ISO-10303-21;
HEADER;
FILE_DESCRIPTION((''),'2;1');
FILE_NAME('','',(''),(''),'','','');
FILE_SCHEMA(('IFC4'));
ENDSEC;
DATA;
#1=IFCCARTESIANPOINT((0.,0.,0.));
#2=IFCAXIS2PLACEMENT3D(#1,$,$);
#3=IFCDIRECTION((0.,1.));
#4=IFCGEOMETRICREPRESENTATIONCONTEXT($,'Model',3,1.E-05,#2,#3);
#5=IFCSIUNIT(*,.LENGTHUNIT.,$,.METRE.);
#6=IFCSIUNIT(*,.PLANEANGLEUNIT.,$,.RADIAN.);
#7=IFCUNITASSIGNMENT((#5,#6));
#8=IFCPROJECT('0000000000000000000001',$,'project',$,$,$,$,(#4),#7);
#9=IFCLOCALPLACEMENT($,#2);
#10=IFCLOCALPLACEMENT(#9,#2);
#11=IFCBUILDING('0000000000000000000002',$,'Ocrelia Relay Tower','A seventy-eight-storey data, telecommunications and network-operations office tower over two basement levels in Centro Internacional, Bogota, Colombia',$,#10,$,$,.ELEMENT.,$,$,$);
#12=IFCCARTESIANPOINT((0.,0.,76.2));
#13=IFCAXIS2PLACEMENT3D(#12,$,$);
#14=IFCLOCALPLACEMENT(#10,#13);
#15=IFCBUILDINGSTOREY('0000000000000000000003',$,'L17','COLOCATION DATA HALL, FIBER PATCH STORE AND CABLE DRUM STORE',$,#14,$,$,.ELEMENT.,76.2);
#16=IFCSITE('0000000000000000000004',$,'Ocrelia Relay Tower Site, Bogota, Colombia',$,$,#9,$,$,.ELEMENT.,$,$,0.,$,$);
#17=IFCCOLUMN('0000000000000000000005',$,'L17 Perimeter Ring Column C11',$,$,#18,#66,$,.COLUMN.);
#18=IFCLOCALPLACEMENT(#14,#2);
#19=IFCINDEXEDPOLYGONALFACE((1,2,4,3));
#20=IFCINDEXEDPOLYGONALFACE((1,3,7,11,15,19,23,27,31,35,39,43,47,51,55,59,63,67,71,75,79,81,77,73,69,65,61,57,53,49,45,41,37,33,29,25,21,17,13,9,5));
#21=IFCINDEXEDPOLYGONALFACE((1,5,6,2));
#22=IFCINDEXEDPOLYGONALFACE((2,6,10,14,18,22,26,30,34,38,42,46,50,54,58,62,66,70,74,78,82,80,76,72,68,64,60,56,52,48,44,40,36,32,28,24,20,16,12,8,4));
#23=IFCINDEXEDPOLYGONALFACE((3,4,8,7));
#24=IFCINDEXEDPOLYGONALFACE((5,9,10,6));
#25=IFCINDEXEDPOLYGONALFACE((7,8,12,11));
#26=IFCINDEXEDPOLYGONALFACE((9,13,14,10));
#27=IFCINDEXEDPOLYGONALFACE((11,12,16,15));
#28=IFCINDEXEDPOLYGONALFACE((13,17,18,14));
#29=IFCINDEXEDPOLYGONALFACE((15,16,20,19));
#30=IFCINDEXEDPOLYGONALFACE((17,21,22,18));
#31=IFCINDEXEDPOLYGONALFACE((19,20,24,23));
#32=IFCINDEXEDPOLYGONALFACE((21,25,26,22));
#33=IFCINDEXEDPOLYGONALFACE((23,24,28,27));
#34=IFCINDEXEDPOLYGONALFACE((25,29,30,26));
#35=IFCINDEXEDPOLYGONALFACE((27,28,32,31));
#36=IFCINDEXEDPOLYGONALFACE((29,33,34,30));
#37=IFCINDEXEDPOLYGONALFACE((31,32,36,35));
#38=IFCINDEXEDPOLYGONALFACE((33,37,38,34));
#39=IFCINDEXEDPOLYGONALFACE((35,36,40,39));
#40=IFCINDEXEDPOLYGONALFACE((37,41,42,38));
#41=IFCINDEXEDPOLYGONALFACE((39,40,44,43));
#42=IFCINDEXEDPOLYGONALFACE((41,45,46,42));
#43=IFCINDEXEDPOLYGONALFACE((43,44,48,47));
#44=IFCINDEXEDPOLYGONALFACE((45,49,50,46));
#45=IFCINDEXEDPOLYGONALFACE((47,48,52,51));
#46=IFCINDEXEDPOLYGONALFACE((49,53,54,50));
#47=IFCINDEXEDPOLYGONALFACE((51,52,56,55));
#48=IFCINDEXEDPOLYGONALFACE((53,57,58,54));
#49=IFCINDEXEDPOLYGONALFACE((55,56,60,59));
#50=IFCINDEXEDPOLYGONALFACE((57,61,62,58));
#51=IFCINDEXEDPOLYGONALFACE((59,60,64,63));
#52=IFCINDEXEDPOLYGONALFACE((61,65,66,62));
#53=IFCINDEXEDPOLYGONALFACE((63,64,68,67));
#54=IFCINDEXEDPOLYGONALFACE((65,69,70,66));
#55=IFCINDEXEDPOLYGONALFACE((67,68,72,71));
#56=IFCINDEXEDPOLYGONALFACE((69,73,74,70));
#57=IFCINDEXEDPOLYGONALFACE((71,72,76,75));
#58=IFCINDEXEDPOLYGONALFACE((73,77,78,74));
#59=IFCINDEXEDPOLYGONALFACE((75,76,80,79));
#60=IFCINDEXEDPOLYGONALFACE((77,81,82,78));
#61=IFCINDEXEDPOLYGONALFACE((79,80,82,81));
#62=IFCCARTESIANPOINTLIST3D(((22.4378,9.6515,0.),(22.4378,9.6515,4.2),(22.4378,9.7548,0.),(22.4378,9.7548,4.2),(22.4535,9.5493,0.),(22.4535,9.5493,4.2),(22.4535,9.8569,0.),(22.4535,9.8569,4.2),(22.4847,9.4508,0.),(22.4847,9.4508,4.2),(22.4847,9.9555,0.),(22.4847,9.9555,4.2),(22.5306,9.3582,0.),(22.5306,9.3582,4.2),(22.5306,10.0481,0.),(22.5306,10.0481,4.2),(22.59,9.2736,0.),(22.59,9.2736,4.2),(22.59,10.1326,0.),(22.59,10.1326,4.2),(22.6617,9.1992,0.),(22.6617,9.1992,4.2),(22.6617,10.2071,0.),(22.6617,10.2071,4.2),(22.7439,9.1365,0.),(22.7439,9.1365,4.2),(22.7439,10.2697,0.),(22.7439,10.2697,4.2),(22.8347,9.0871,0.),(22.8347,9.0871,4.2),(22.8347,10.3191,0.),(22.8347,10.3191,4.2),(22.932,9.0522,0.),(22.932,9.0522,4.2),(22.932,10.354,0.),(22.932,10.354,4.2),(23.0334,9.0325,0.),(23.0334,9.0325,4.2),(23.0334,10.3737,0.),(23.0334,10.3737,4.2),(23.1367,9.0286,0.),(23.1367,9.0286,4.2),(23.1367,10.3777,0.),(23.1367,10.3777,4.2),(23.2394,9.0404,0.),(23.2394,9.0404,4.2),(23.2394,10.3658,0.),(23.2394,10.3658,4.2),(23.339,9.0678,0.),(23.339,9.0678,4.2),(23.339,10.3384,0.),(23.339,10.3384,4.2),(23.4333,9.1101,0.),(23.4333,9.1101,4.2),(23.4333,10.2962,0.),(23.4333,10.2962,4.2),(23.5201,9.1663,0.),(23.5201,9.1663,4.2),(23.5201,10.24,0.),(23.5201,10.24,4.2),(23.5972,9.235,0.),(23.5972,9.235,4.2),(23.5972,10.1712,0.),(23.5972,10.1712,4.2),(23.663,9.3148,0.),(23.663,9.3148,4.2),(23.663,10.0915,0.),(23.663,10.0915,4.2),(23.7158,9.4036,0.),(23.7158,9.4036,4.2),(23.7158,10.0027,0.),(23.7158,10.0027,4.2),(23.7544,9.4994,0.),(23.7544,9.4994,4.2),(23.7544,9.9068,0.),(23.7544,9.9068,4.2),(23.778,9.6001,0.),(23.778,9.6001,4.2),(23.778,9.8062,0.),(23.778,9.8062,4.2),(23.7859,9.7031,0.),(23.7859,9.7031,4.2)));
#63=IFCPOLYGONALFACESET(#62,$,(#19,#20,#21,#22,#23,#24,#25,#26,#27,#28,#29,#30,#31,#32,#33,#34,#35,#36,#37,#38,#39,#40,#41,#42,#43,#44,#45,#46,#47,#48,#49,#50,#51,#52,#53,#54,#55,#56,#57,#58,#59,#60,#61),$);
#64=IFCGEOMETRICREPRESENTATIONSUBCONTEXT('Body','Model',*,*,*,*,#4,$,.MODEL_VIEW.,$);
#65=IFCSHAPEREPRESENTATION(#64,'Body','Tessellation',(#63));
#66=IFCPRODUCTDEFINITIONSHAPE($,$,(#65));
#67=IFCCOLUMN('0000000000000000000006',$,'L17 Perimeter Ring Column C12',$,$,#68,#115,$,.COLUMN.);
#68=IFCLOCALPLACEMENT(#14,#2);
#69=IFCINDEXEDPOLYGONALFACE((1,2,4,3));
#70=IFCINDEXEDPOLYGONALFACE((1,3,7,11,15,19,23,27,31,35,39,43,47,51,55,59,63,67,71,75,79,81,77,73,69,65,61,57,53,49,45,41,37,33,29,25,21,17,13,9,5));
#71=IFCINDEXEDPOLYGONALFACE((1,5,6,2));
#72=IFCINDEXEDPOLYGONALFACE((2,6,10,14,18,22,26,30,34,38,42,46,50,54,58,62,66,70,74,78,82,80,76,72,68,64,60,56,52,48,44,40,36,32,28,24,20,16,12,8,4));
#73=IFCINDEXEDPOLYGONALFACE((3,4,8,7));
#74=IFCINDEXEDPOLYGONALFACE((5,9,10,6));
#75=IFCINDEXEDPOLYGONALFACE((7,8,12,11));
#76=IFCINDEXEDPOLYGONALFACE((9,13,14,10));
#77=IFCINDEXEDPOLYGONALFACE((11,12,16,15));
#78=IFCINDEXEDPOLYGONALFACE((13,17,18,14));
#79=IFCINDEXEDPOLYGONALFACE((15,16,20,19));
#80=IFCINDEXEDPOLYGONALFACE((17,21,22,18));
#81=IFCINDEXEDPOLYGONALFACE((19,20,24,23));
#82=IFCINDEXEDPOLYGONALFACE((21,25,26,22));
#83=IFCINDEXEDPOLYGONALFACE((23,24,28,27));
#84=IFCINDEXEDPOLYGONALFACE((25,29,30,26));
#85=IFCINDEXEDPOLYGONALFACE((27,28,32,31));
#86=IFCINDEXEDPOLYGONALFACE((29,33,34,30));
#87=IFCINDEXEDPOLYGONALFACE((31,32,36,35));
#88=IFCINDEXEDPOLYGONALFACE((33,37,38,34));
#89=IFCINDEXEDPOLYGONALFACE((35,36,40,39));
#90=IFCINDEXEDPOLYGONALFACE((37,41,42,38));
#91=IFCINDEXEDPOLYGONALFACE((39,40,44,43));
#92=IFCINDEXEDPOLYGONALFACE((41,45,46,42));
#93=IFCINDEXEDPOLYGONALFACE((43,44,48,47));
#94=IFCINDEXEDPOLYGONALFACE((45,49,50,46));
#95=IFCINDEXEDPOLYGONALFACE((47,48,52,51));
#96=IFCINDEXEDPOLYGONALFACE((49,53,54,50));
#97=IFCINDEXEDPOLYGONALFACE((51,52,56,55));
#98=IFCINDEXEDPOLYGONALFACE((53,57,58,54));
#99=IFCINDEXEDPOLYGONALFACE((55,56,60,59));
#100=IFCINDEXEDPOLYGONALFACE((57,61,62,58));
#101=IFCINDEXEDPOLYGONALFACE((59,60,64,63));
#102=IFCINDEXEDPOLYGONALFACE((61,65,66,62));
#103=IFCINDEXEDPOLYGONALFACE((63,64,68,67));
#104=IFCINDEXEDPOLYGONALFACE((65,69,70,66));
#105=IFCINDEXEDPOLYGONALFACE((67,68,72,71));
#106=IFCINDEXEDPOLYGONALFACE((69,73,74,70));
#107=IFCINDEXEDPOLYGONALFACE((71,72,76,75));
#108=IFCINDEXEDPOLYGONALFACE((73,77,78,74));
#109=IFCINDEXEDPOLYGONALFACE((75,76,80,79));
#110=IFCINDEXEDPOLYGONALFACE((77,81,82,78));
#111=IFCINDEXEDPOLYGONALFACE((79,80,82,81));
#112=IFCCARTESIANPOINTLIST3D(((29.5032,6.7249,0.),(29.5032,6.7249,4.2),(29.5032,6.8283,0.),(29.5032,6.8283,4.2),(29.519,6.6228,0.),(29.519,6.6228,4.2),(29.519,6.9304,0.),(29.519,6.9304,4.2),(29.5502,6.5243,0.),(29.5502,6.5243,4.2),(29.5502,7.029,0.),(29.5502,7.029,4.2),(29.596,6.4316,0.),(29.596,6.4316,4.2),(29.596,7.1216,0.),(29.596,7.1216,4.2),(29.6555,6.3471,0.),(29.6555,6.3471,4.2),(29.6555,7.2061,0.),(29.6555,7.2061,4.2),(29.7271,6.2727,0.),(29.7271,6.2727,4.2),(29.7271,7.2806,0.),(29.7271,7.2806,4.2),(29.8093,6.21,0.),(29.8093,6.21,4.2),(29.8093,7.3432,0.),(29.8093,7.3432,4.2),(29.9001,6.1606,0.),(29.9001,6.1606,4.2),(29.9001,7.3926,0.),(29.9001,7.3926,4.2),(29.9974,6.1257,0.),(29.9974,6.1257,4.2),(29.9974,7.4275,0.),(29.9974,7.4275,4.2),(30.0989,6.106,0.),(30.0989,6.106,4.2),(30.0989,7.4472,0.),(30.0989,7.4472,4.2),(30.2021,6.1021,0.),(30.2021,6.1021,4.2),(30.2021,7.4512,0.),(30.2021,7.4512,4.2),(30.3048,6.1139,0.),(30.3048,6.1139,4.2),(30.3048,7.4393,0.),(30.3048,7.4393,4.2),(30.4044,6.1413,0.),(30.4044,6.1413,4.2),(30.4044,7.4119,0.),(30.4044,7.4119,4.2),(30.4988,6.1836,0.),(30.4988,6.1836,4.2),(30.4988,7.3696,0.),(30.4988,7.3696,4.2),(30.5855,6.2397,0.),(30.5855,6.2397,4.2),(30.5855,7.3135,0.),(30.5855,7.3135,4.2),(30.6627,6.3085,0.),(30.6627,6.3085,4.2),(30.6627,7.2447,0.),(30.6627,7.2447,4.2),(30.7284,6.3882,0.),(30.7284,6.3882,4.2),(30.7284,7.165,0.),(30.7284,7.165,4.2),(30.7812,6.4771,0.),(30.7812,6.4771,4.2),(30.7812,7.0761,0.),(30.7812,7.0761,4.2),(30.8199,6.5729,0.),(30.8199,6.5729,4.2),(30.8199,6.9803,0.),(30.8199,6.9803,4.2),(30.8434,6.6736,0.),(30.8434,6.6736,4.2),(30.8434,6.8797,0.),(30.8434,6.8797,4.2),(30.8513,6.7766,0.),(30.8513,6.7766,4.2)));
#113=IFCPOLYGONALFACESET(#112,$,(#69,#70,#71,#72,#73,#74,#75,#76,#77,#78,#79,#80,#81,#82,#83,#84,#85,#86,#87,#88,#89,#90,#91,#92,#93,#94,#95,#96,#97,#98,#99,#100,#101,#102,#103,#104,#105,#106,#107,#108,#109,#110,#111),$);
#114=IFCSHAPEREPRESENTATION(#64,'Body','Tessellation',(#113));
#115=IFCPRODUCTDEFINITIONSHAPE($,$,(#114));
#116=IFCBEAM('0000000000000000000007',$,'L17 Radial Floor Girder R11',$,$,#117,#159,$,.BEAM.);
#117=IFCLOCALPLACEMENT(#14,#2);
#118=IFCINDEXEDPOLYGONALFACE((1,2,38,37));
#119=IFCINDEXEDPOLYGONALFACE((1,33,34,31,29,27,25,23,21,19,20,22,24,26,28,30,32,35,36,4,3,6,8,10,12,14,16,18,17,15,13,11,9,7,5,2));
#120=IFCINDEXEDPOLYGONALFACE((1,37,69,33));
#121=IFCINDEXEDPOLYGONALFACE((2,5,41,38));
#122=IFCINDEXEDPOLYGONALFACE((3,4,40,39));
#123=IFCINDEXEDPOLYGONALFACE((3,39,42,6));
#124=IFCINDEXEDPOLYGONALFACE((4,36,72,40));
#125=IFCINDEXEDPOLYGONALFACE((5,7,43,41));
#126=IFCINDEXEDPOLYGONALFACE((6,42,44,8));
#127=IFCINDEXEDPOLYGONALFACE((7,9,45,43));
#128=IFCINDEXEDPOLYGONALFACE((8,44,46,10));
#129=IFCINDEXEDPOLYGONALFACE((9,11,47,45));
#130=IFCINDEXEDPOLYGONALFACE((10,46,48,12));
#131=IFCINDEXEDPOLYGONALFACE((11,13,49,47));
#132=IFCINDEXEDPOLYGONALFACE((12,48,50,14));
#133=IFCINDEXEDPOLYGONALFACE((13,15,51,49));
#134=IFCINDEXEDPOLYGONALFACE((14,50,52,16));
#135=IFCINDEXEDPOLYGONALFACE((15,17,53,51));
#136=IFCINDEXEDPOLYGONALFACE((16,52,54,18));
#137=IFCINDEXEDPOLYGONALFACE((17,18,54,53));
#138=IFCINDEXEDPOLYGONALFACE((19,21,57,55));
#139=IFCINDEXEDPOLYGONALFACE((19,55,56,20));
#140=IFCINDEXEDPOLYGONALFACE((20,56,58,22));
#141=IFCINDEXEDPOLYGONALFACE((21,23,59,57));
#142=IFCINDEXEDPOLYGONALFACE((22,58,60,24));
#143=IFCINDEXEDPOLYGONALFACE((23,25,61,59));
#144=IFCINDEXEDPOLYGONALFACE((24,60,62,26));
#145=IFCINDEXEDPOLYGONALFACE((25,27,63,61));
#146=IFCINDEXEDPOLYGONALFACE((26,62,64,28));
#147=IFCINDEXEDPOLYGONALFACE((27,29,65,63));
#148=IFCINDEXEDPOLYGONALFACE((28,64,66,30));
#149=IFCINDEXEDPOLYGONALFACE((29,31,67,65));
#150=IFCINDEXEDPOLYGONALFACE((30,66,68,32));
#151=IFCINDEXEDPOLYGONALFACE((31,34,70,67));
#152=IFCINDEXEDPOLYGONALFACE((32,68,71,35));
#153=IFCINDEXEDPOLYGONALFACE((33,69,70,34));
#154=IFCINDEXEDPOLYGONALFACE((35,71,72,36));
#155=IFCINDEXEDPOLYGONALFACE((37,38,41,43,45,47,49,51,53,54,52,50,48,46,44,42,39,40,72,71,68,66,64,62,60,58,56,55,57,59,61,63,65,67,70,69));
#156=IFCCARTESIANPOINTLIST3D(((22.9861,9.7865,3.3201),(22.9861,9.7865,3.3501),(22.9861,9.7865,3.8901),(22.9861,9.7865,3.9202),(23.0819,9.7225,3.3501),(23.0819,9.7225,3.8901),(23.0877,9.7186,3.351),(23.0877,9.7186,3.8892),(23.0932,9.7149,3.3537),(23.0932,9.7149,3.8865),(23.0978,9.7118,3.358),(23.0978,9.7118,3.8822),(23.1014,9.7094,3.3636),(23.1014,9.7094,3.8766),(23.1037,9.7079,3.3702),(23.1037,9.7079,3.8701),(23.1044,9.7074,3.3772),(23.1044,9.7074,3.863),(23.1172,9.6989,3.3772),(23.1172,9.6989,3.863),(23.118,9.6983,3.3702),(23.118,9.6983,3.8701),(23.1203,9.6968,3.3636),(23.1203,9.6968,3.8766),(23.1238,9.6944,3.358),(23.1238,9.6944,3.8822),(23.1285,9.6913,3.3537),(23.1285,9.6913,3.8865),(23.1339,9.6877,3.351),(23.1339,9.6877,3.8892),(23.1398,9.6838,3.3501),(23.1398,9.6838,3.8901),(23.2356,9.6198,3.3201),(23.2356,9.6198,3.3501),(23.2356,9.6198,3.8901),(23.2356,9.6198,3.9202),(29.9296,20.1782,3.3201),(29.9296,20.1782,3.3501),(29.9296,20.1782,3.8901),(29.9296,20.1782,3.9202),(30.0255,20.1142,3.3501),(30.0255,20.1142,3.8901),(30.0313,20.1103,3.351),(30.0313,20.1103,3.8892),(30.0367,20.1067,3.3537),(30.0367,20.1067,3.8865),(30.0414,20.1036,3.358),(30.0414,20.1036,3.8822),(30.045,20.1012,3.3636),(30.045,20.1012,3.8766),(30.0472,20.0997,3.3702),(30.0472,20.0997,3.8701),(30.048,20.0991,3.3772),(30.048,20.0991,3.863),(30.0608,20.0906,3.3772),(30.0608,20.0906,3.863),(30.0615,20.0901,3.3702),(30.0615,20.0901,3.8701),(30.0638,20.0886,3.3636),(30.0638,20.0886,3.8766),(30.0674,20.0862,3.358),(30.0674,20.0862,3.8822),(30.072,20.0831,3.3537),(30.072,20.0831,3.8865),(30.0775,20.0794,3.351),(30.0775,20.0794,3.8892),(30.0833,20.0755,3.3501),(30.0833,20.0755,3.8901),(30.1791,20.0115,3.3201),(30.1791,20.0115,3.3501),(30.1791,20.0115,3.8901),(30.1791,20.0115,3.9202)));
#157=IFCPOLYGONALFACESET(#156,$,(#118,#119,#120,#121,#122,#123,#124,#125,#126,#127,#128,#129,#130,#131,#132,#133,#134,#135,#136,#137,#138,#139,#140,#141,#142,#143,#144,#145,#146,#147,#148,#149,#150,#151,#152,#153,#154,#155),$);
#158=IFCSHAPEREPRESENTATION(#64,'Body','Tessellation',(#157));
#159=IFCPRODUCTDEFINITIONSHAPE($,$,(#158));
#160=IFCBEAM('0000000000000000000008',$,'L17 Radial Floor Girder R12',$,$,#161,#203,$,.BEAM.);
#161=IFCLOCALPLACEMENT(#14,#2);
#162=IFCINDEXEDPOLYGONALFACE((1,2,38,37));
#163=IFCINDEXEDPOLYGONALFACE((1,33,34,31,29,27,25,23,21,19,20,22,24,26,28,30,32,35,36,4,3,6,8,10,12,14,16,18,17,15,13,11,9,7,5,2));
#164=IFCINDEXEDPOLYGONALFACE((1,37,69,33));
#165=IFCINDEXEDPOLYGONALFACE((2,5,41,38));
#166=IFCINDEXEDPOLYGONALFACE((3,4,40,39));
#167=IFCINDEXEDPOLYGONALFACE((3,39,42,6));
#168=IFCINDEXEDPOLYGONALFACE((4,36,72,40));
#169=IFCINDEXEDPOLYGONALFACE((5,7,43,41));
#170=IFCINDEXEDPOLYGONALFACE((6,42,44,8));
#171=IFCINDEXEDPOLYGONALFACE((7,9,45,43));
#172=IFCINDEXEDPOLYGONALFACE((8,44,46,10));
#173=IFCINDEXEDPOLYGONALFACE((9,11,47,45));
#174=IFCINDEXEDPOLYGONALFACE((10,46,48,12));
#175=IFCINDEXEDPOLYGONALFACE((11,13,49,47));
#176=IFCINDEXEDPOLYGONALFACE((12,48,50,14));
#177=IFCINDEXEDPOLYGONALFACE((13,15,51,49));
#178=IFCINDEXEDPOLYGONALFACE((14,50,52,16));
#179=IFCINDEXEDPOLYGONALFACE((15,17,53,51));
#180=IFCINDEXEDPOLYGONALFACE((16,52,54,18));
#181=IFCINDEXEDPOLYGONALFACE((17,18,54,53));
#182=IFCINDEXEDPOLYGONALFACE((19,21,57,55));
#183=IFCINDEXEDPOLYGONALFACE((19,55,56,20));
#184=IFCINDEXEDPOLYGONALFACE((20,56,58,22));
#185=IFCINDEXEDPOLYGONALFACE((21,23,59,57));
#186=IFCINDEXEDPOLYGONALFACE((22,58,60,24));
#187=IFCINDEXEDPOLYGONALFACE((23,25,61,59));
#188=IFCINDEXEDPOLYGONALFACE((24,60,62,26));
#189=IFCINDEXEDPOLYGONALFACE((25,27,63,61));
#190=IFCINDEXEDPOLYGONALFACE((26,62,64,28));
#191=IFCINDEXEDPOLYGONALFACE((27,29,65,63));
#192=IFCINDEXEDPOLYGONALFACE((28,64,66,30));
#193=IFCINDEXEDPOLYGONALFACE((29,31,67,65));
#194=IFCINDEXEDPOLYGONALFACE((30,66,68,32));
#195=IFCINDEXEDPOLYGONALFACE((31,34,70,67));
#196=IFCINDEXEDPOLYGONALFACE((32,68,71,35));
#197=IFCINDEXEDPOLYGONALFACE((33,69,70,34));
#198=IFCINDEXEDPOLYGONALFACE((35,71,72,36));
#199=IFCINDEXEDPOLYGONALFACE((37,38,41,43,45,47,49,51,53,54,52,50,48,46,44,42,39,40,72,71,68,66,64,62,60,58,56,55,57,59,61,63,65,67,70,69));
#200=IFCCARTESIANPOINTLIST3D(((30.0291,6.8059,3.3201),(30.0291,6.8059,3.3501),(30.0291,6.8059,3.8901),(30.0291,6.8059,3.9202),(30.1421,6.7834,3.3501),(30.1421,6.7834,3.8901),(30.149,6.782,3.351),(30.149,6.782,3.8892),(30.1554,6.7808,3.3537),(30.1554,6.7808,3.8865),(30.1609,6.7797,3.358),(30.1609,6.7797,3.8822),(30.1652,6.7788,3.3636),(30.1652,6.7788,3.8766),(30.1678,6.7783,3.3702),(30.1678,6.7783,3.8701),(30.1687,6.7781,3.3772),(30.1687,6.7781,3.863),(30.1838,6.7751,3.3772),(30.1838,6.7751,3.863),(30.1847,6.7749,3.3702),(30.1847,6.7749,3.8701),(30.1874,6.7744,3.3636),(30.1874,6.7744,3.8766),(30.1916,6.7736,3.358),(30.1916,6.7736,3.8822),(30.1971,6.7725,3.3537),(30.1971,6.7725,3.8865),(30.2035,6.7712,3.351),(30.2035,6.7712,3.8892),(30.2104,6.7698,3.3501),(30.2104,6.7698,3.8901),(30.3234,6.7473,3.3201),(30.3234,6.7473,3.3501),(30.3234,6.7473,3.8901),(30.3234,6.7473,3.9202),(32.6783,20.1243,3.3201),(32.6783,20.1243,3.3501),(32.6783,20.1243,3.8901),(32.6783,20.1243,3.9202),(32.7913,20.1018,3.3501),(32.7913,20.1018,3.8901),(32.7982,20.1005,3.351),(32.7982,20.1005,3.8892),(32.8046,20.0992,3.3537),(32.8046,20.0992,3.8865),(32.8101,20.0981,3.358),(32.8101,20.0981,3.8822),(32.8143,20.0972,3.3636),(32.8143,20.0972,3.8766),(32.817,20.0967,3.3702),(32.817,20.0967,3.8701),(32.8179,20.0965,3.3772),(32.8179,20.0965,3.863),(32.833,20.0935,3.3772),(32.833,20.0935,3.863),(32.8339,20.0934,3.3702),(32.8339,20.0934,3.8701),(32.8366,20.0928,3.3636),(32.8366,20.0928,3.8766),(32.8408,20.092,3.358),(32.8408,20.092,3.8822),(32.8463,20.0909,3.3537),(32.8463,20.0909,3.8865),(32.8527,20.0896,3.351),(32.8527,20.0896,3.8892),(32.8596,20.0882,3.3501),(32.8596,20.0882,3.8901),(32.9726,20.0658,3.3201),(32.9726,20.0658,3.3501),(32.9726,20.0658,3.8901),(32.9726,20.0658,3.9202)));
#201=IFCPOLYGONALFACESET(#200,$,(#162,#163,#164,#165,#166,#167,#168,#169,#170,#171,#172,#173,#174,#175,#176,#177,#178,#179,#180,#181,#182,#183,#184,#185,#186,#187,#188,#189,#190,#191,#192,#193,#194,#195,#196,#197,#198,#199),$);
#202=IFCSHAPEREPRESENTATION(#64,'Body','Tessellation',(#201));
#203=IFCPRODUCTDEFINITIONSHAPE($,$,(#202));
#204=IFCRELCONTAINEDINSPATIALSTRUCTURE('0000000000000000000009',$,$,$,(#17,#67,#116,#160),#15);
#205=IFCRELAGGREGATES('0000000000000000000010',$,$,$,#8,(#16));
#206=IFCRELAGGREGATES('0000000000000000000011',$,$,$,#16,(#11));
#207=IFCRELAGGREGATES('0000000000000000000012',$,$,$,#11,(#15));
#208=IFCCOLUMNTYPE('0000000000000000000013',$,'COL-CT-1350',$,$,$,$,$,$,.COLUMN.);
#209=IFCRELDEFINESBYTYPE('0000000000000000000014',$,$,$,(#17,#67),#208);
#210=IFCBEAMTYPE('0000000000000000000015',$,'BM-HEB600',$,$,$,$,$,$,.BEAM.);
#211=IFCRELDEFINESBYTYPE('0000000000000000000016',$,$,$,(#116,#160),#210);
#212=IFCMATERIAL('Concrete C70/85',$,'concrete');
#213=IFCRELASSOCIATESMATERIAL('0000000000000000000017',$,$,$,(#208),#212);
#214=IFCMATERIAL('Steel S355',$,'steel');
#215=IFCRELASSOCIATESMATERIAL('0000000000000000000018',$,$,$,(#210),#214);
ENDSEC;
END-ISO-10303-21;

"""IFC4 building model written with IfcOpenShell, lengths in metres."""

from ifc_helpers import new_model, si_unit, direction, frame, origin, origin_2d, place, context, subcontext, project, spatial, circle, i_section, extrude, material, material_profile, profile_set, type_object, element, save


model = new_model("IFC4")

# Units and contexts
model_context = context("Model", 3, precision=1e-05, world=origin(), true_north=direction((0.0, 1.0)))
body_context = subcontext(model_context, "Body", "Model", "MODEL_VIEW")
ifc_project = project(units=[si_unit("LENGTHUNIT", "METRE"), si_unit("PLANEANGLEUNIT", "RADIAN")], contexts=[model_context])

# Site, building, storey
site_placement = place(None, origin())
site = spatial("IfcSite", under=ifc_project, at=site_placement, Name="Ocrelia Relay Tower Site, Bogota, Colombia", CompositionType="ELEMENT", RefElevation=0.0)
building_placement = place(site_placement, origin())
building = spatial("IfcBuilding", under=site, at=building_placement, Name="Ocrelia Relay Tower", Description="A seventy-eight-storey data, telecommunications and network-operations office tower over two basement levels in Centro Internacional, Bogota, Colombia", CompositionType="ELEMENT")
storey_placement = place(building_placement, frame((0.0, 0.0, 76.2)))
storey = spatial("IfcBuildingStorey", under=building, at=storey_placement, Name="L17", Description="COLOCATION DATA HALL, FIBER PATCH STORE AND CABLE DRUM STORE", CompositionType="ELEMENT", Elevation=76.2)

# Columns
ifc_material_1 = material(Name="Concrete C70/85", Category="concrete")
ifc_material_profile_1 = material_profile(ifc_material_1, circle(Radius=0.675, at=origin_2d()), Name="RC-CIR-1350")
ifc_profile_set_1 = profile_set([ifc_material_profile_1], Name="Concrete C70/85")
column_type = type_object("IfcColumnType", Name="COL-CT-1350", PredefinedType="COLUMN", material=ifc_profile_set_1)
for number, where, z_axis, x_axis, name in (
    (1, (23.1108, 9.7031, 0.0), (0.0, 0.0, 1.0), (1.0, 0.0, 0.0), "L17 Perimeter Ring Column C11"),
    (2, (30.1763, 6.7766, 0.0), (0.0, 0.0, 1.0), (1.0, 0.0, 0.0), "L17 Perimeter Ring Column C12"),
):
    element("IfcColumn", number, at=place(storey_placement, frame(where, z_axis=z_axis, x_axis=x_axis)), inside=storey, type_object=column_type, Name=name, PredefinedType="COLUMN", context=body_context, shape_type="SweptSolid", body=[
        extrude(circle(Radius=0.675, at=origin_2d()), origin(), (0.0, 0.0, 1.0), 4.2),
    ])

# Beams
ifc_material_2 = material(Name="Steel S355", Category="steel")
ifc_material_profile_2 = material_profile(ifc_material_2, i_section(OverallWidth=0.3, OverallDepth=0.6001, WebThickness=0.0154, FlangeThickness=0.03, FilletRadius=0.0271, at=origin_2d()), Name="HEB 600")
ifc_profile_set_2 = profile_set([ifc_material_profile_2], Name="Steel S355")
beam_type_1 = type_object("IfcBeamType", Name="BM-HEB600", PredefinedType="BEAM", material=ifc_profile_set_2)
beam_1_placement = place(storey_placement, frame((23.1108, 9.7031, 3.6201), z_axis=(0.55557, 0.83147, 0.0), x_axis=(-0.83147, 0.55557, 0.0)))
element("IfcBeam", 3, at=beam_1_placement, inside=storey, type_object=beam_type_1, Name="L17 Radial Floor Girder R11", PredefinedType="BEAM", context=body_context, shape_type="SweptSolid", body=[
    extrude(i_section(OverallWidth=0.3, OverallDepth=0.6001, WebThickness=0.0154, FlangeThickness=0.03, FilletRadius=0.0271, at=origin_2d()), origin(), (0.0, 0.0, 1.0), 12.498),
])
beam_2_placement = place(storey_placement, frame((30.1763, 6.7766, 3.6201), z_axis=(0.195089, 0.980786, 0.0), x_axis=(-0.980786, 0.195089, 0.0)))
element("IfcBeam", 4, at=beam_2_placement, inside=storey, type_object=beam_type_1, Name="L17 Radial Floor Girder R12", PredefinedType="BEAM", context=body_context, shape_type="SweptSolid", body=[
    extrude(i_section(OverallWidth=0.3, OverallDepth=0.6001, WebThickness=0.0154, FlangeThickness=0.03, FilletRadius=0.0271, at=origin_2d()), origin(), (0.0, 0.0, 1.0), 13.5793),
])

save(model, "model.ifc")
